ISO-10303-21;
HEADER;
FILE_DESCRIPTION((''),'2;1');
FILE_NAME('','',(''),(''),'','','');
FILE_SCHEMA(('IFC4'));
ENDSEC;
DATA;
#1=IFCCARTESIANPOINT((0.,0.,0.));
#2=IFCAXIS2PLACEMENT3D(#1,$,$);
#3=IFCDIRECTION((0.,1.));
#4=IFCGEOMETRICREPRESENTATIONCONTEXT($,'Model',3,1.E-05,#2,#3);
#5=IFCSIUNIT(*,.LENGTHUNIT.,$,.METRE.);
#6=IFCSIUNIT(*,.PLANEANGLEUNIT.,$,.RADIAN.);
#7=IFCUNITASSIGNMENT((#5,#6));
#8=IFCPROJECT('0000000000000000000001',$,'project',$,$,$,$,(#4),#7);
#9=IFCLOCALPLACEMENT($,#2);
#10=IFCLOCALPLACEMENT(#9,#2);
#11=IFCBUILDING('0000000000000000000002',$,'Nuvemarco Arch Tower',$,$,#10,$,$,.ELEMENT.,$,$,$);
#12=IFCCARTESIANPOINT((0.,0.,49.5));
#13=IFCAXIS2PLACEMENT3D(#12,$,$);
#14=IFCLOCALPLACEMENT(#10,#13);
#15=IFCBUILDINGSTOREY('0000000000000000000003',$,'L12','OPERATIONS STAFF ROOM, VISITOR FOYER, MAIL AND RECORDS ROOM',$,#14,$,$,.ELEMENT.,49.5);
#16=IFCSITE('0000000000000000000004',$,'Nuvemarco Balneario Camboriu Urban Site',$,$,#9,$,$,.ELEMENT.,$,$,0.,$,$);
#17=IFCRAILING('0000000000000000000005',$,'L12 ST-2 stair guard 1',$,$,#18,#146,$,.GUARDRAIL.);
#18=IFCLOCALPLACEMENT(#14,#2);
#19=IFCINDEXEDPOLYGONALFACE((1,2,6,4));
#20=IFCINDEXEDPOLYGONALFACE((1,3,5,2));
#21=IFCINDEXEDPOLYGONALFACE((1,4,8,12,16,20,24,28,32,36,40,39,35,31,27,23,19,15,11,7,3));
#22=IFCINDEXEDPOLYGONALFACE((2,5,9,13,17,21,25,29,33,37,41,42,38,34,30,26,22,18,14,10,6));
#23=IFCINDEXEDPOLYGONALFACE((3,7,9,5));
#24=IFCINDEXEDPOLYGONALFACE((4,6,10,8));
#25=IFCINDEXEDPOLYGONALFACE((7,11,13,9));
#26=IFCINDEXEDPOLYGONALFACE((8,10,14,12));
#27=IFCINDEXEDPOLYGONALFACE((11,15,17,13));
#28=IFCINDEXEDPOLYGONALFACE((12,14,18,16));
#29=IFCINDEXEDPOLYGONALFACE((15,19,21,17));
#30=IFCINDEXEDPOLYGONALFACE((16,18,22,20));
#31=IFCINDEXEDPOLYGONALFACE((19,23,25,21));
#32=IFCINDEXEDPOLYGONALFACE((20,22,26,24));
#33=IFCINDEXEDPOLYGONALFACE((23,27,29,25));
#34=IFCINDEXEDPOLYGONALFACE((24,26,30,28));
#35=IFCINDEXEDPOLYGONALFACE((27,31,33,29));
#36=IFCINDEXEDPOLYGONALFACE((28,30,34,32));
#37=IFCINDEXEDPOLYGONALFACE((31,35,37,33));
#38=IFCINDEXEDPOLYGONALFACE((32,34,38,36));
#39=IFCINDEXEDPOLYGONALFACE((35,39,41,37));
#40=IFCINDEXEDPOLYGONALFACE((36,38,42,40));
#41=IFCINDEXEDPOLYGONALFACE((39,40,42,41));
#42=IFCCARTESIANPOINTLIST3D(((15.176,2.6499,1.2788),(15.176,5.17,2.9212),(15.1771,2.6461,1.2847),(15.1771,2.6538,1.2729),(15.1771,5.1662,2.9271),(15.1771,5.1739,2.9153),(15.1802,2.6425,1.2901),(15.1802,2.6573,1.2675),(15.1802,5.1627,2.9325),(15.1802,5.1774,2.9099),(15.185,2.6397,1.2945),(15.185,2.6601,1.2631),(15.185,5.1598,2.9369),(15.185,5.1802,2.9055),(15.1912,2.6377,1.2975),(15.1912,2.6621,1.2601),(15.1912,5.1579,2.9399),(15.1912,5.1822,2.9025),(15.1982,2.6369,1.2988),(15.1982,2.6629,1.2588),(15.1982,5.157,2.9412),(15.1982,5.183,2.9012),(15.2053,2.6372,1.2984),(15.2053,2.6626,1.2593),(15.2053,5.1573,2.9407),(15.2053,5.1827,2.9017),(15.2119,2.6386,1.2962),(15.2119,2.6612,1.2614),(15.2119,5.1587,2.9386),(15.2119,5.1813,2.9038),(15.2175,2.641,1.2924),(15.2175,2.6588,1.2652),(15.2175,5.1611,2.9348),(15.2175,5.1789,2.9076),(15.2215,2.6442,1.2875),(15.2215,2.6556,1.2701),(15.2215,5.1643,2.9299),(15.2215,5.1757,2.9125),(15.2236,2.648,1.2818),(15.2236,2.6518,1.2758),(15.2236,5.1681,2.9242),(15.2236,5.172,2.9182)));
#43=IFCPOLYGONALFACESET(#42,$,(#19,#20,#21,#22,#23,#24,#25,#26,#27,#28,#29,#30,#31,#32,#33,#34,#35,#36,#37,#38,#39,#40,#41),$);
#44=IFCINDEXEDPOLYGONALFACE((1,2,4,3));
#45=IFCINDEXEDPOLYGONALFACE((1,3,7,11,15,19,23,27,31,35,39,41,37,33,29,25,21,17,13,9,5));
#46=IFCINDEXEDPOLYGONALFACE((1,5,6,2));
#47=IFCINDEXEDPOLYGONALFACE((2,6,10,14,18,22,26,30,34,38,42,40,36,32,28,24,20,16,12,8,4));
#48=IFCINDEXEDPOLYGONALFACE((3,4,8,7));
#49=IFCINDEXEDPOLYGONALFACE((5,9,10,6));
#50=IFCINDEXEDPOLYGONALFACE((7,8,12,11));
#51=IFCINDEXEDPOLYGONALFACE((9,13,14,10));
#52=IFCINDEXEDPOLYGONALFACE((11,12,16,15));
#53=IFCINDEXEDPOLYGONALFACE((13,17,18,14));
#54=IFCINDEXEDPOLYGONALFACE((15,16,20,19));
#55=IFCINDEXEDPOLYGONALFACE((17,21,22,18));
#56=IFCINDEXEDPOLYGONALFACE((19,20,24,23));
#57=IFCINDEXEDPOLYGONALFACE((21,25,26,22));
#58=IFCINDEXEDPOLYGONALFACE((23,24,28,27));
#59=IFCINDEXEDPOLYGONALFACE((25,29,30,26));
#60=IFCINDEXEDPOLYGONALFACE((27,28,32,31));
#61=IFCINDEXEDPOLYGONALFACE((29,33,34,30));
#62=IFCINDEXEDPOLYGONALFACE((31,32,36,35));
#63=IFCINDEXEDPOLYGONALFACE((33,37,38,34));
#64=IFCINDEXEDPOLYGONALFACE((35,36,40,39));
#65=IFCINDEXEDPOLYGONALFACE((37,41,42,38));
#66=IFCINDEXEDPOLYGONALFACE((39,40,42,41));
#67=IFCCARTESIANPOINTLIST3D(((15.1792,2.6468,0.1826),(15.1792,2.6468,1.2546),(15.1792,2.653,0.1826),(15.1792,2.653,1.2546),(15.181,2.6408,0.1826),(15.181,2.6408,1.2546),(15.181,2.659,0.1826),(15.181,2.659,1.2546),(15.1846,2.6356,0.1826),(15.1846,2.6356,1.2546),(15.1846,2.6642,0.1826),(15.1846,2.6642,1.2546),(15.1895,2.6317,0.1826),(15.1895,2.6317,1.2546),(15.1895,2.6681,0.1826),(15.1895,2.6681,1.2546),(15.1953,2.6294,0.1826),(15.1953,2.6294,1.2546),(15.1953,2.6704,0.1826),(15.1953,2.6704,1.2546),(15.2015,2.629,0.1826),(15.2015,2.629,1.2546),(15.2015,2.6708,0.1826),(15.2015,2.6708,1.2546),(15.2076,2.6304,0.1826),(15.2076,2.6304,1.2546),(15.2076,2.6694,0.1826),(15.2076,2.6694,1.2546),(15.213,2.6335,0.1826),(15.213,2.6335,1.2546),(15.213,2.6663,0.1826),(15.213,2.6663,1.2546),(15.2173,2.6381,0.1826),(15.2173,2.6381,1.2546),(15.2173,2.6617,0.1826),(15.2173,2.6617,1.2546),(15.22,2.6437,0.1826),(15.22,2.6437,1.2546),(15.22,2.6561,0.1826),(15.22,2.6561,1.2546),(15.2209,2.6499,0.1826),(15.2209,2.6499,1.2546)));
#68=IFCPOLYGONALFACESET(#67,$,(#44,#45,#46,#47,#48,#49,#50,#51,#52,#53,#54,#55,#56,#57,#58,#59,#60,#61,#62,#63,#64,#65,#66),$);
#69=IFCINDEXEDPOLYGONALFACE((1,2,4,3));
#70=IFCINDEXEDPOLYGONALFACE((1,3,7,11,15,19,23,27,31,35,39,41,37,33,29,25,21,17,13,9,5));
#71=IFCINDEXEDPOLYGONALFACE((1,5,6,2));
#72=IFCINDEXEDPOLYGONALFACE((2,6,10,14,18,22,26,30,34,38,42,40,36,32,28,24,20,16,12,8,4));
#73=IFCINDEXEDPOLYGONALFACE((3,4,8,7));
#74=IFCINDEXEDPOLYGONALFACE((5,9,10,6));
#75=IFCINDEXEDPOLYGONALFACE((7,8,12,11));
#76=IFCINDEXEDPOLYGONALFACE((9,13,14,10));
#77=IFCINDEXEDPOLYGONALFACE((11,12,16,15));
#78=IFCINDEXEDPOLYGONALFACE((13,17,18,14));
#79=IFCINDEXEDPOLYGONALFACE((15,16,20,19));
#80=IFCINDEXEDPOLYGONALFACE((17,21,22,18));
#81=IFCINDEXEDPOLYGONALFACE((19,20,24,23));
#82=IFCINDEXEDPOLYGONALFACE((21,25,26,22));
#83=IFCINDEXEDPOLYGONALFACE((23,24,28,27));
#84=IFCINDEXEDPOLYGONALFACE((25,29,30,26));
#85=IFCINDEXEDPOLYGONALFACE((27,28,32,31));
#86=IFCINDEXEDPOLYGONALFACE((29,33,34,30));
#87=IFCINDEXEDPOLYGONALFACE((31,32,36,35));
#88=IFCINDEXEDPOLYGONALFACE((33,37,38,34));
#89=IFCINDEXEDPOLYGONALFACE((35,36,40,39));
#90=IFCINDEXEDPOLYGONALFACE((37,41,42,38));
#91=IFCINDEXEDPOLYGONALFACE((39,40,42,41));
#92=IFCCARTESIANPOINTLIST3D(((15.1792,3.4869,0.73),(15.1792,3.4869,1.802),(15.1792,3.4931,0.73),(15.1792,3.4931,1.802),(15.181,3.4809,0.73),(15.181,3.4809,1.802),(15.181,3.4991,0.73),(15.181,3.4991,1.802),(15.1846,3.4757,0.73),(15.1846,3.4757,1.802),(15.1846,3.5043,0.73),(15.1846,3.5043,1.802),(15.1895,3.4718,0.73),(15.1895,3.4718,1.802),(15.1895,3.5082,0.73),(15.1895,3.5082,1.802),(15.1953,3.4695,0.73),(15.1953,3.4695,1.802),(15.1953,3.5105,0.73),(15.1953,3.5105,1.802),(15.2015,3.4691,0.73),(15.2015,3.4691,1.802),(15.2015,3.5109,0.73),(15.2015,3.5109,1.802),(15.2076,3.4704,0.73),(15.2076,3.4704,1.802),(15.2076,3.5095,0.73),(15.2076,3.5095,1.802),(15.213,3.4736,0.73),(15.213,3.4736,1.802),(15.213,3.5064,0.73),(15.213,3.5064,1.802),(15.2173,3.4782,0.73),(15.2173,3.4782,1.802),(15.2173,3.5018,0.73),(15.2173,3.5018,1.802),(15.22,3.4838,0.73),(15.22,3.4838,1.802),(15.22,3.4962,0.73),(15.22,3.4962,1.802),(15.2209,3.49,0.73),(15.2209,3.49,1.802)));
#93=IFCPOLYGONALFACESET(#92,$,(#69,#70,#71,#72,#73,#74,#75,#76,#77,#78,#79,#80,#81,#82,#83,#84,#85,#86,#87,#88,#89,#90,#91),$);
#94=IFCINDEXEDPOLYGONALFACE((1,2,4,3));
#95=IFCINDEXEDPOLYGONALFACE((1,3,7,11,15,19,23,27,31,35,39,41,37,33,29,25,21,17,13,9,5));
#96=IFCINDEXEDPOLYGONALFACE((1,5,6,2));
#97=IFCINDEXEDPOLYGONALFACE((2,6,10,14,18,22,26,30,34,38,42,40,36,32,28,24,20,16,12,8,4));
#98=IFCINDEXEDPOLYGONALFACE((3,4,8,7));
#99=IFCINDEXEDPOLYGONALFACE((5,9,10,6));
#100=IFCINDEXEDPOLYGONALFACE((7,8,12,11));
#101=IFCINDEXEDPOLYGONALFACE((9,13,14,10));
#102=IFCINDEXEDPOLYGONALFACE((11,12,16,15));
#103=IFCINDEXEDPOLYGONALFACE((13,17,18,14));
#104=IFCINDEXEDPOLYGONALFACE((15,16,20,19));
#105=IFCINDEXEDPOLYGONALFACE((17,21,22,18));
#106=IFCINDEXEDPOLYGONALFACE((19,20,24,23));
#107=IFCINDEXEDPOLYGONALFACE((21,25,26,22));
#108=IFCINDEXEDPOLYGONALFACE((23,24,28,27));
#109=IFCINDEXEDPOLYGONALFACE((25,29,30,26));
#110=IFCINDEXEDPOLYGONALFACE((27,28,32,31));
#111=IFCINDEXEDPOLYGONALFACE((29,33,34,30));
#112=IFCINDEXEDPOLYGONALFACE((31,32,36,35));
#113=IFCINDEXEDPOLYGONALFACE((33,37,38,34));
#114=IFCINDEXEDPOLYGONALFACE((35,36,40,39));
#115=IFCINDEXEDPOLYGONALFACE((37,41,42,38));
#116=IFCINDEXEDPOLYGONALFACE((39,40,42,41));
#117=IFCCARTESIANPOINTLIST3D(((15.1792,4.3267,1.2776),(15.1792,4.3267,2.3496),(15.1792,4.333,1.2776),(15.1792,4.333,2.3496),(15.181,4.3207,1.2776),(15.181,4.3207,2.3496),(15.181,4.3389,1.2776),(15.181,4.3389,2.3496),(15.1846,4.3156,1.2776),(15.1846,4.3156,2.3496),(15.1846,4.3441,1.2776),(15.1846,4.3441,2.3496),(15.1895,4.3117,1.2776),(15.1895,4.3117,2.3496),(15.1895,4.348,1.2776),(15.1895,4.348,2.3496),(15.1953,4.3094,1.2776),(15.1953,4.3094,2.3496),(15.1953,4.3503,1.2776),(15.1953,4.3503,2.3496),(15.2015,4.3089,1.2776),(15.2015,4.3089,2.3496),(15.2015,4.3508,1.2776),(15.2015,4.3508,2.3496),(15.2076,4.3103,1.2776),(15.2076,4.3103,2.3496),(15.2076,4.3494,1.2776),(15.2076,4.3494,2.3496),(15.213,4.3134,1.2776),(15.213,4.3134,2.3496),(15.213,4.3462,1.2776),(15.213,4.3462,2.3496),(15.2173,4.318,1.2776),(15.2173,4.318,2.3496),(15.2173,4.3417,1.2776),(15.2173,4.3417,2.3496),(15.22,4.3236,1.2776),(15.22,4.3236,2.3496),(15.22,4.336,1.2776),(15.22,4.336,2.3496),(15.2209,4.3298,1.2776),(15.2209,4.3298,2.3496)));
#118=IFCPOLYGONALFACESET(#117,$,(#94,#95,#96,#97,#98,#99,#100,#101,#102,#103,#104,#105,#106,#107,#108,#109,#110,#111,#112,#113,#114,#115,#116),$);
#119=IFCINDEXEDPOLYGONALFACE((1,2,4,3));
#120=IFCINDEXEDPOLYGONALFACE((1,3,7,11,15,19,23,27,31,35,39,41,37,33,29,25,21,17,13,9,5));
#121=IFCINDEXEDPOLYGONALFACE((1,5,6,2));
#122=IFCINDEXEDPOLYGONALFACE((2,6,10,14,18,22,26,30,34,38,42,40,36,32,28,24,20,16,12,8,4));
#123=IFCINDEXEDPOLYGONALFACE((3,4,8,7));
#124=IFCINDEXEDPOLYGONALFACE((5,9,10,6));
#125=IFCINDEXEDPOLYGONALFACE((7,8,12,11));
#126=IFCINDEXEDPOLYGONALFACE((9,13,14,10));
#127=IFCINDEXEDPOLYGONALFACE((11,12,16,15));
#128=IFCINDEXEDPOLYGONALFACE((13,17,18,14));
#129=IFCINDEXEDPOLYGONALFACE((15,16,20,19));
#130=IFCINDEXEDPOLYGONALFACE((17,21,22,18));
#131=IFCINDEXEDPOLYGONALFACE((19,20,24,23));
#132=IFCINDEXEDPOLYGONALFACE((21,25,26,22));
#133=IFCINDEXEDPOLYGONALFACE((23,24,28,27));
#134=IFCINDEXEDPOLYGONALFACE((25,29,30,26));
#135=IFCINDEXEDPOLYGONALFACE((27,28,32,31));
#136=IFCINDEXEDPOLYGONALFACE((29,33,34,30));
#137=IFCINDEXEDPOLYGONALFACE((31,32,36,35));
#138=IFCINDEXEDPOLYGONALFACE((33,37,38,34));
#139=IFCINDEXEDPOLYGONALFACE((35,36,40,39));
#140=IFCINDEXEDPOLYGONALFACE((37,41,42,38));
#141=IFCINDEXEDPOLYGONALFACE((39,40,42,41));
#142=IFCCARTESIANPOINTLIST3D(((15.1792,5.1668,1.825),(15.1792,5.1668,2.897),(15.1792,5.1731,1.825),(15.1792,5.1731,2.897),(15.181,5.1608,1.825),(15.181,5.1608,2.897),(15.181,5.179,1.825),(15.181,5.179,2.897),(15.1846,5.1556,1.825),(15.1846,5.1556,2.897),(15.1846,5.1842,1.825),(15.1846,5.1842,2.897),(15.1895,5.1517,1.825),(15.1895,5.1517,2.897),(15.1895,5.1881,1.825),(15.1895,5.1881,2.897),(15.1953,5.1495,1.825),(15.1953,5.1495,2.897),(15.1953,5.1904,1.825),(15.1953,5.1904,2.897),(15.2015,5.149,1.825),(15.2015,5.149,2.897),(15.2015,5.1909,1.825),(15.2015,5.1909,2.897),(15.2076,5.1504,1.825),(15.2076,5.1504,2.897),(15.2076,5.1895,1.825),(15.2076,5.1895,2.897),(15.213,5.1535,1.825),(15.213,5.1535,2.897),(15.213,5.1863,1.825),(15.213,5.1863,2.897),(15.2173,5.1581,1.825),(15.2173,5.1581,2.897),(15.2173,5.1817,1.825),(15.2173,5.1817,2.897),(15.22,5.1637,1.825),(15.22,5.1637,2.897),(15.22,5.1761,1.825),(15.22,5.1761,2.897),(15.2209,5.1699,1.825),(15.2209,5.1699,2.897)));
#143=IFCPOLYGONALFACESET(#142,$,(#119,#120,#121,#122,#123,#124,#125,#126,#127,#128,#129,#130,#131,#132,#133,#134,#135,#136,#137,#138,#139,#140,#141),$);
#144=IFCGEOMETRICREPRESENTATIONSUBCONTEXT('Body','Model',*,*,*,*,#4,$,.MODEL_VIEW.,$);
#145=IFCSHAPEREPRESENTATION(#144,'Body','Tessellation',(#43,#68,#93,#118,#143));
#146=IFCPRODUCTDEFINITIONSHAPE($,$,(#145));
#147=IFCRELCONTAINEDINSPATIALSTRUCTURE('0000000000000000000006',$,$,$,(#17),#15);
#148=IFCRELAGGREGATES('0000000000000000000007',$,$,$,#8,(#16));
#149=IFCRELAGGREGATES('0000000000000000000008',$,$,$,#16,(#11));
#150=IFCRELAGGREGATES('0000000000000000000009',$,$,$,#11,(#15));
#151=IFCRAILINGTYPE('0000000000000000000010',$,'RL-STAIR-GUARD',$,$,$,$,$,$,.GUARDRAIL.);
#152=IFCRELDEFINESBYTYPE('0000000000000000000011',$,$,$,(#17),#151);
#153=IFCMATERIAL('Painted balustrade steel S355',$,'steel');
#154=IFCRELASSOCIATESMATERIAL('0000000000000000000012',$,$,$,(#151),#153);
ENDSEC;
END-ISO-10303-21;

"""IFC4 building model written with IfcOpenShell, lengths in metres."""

from ifc_helpers import new_model, si_unit, direction, frame, origin, origin_2d, place, context, subcontext, project, spatial, circle, extrude, material, type_object, element, save


model = new_model("IFC4")

# Units and contexts
model_context = context("Model", 3, precision=1e-05, world=origin(), true_north=direction((0.0, 1.0)))
body_context = subcontext(model_context, "Body", "Model", "MODEL_VIEW")
ifc_project = project(units=[si_unit("LENGTHUNIT", "METRE"), si_unit("PLANEANGLEUNIT", "RADIAN")], contexts=[model_context])

# Site, building, storey
site_placement = place(None, origin())
site = spatial("IfcSite", under=ifc_project, at=site_placement, Name="Nuvemarco Balneario Camboriu Urban Site", CompositionType="ELEMENT", RefElevation=0.0)
building_placement = place(site_placement, origin())
building = spatial("IfcBuilding", under=site, at=building_placement, Name="Nuvemarco Arch Tower", CompositionType="ELEMENT")
storey_placement = place(building_placement, frame((0.0, 0.0, 49.5)))
storey = spatial("IfcBuildingStorey", under=building, at=storey_placement, Name="L12", Description="OPERATIONS STAFF ROOM, VISITOR FOYER, MAIL AND RECORDS ROOM", CompositionType="ELEMENT", Elevation=49.5)

# Railing
ifc_material_1 = material(Name="Painted balustrade steel S355", Category="steel")
railing_type_1 = type_object("IfcRailingType", Name="RL-STAIR-GUARD", PredefinedType="GUARDRAIL", material=ifc_material_1)
railing_1_placement = place(storey_placement, frame((15.2, 2.6499, 0.1826)))
element("IfcRailing", 1, at=railing_1_placement, inside=storey, type_object=railing_type_1, Name="L12 ST-2 stair guard 1", PredefinedType="GUARDRAIL", context=body_context, shape_type="SweptSolid", body=[
    extrude(circle(Radius=0.0239, at=origin_2d()), frame((0.0, 0.0, 1.0962), z_axis=(0.0, 0.837787, 0.545998), x_axis=(-1.0, 0.0, 0.0)), (0.0, 0.0, 1.0), 3.0081),
    extrude(circle(Radius=0.021, at=origin_2d()), origin(), (0.0, 0.0, 1.0), 1.072),
    extrude(circle(Radius=0.021, at=origin_2d()), frame((0.0, 0.8401, 0.5474)), (0.0, 0.0, 1.0), 1.072),
    extrude(circle(Radius=0.021, at=origin_2d()), frame((0.0, 1.6799, 1.095)), (0.0, 0.0, 1.0), 1.072),
    extrude(circle(Radius=0.021, at=origin_2d()), frame((0.0, 2.52, 1.6423)), (0.0, 0.0, 1.0), 1.072),
])

save(model, "model.ifc")
